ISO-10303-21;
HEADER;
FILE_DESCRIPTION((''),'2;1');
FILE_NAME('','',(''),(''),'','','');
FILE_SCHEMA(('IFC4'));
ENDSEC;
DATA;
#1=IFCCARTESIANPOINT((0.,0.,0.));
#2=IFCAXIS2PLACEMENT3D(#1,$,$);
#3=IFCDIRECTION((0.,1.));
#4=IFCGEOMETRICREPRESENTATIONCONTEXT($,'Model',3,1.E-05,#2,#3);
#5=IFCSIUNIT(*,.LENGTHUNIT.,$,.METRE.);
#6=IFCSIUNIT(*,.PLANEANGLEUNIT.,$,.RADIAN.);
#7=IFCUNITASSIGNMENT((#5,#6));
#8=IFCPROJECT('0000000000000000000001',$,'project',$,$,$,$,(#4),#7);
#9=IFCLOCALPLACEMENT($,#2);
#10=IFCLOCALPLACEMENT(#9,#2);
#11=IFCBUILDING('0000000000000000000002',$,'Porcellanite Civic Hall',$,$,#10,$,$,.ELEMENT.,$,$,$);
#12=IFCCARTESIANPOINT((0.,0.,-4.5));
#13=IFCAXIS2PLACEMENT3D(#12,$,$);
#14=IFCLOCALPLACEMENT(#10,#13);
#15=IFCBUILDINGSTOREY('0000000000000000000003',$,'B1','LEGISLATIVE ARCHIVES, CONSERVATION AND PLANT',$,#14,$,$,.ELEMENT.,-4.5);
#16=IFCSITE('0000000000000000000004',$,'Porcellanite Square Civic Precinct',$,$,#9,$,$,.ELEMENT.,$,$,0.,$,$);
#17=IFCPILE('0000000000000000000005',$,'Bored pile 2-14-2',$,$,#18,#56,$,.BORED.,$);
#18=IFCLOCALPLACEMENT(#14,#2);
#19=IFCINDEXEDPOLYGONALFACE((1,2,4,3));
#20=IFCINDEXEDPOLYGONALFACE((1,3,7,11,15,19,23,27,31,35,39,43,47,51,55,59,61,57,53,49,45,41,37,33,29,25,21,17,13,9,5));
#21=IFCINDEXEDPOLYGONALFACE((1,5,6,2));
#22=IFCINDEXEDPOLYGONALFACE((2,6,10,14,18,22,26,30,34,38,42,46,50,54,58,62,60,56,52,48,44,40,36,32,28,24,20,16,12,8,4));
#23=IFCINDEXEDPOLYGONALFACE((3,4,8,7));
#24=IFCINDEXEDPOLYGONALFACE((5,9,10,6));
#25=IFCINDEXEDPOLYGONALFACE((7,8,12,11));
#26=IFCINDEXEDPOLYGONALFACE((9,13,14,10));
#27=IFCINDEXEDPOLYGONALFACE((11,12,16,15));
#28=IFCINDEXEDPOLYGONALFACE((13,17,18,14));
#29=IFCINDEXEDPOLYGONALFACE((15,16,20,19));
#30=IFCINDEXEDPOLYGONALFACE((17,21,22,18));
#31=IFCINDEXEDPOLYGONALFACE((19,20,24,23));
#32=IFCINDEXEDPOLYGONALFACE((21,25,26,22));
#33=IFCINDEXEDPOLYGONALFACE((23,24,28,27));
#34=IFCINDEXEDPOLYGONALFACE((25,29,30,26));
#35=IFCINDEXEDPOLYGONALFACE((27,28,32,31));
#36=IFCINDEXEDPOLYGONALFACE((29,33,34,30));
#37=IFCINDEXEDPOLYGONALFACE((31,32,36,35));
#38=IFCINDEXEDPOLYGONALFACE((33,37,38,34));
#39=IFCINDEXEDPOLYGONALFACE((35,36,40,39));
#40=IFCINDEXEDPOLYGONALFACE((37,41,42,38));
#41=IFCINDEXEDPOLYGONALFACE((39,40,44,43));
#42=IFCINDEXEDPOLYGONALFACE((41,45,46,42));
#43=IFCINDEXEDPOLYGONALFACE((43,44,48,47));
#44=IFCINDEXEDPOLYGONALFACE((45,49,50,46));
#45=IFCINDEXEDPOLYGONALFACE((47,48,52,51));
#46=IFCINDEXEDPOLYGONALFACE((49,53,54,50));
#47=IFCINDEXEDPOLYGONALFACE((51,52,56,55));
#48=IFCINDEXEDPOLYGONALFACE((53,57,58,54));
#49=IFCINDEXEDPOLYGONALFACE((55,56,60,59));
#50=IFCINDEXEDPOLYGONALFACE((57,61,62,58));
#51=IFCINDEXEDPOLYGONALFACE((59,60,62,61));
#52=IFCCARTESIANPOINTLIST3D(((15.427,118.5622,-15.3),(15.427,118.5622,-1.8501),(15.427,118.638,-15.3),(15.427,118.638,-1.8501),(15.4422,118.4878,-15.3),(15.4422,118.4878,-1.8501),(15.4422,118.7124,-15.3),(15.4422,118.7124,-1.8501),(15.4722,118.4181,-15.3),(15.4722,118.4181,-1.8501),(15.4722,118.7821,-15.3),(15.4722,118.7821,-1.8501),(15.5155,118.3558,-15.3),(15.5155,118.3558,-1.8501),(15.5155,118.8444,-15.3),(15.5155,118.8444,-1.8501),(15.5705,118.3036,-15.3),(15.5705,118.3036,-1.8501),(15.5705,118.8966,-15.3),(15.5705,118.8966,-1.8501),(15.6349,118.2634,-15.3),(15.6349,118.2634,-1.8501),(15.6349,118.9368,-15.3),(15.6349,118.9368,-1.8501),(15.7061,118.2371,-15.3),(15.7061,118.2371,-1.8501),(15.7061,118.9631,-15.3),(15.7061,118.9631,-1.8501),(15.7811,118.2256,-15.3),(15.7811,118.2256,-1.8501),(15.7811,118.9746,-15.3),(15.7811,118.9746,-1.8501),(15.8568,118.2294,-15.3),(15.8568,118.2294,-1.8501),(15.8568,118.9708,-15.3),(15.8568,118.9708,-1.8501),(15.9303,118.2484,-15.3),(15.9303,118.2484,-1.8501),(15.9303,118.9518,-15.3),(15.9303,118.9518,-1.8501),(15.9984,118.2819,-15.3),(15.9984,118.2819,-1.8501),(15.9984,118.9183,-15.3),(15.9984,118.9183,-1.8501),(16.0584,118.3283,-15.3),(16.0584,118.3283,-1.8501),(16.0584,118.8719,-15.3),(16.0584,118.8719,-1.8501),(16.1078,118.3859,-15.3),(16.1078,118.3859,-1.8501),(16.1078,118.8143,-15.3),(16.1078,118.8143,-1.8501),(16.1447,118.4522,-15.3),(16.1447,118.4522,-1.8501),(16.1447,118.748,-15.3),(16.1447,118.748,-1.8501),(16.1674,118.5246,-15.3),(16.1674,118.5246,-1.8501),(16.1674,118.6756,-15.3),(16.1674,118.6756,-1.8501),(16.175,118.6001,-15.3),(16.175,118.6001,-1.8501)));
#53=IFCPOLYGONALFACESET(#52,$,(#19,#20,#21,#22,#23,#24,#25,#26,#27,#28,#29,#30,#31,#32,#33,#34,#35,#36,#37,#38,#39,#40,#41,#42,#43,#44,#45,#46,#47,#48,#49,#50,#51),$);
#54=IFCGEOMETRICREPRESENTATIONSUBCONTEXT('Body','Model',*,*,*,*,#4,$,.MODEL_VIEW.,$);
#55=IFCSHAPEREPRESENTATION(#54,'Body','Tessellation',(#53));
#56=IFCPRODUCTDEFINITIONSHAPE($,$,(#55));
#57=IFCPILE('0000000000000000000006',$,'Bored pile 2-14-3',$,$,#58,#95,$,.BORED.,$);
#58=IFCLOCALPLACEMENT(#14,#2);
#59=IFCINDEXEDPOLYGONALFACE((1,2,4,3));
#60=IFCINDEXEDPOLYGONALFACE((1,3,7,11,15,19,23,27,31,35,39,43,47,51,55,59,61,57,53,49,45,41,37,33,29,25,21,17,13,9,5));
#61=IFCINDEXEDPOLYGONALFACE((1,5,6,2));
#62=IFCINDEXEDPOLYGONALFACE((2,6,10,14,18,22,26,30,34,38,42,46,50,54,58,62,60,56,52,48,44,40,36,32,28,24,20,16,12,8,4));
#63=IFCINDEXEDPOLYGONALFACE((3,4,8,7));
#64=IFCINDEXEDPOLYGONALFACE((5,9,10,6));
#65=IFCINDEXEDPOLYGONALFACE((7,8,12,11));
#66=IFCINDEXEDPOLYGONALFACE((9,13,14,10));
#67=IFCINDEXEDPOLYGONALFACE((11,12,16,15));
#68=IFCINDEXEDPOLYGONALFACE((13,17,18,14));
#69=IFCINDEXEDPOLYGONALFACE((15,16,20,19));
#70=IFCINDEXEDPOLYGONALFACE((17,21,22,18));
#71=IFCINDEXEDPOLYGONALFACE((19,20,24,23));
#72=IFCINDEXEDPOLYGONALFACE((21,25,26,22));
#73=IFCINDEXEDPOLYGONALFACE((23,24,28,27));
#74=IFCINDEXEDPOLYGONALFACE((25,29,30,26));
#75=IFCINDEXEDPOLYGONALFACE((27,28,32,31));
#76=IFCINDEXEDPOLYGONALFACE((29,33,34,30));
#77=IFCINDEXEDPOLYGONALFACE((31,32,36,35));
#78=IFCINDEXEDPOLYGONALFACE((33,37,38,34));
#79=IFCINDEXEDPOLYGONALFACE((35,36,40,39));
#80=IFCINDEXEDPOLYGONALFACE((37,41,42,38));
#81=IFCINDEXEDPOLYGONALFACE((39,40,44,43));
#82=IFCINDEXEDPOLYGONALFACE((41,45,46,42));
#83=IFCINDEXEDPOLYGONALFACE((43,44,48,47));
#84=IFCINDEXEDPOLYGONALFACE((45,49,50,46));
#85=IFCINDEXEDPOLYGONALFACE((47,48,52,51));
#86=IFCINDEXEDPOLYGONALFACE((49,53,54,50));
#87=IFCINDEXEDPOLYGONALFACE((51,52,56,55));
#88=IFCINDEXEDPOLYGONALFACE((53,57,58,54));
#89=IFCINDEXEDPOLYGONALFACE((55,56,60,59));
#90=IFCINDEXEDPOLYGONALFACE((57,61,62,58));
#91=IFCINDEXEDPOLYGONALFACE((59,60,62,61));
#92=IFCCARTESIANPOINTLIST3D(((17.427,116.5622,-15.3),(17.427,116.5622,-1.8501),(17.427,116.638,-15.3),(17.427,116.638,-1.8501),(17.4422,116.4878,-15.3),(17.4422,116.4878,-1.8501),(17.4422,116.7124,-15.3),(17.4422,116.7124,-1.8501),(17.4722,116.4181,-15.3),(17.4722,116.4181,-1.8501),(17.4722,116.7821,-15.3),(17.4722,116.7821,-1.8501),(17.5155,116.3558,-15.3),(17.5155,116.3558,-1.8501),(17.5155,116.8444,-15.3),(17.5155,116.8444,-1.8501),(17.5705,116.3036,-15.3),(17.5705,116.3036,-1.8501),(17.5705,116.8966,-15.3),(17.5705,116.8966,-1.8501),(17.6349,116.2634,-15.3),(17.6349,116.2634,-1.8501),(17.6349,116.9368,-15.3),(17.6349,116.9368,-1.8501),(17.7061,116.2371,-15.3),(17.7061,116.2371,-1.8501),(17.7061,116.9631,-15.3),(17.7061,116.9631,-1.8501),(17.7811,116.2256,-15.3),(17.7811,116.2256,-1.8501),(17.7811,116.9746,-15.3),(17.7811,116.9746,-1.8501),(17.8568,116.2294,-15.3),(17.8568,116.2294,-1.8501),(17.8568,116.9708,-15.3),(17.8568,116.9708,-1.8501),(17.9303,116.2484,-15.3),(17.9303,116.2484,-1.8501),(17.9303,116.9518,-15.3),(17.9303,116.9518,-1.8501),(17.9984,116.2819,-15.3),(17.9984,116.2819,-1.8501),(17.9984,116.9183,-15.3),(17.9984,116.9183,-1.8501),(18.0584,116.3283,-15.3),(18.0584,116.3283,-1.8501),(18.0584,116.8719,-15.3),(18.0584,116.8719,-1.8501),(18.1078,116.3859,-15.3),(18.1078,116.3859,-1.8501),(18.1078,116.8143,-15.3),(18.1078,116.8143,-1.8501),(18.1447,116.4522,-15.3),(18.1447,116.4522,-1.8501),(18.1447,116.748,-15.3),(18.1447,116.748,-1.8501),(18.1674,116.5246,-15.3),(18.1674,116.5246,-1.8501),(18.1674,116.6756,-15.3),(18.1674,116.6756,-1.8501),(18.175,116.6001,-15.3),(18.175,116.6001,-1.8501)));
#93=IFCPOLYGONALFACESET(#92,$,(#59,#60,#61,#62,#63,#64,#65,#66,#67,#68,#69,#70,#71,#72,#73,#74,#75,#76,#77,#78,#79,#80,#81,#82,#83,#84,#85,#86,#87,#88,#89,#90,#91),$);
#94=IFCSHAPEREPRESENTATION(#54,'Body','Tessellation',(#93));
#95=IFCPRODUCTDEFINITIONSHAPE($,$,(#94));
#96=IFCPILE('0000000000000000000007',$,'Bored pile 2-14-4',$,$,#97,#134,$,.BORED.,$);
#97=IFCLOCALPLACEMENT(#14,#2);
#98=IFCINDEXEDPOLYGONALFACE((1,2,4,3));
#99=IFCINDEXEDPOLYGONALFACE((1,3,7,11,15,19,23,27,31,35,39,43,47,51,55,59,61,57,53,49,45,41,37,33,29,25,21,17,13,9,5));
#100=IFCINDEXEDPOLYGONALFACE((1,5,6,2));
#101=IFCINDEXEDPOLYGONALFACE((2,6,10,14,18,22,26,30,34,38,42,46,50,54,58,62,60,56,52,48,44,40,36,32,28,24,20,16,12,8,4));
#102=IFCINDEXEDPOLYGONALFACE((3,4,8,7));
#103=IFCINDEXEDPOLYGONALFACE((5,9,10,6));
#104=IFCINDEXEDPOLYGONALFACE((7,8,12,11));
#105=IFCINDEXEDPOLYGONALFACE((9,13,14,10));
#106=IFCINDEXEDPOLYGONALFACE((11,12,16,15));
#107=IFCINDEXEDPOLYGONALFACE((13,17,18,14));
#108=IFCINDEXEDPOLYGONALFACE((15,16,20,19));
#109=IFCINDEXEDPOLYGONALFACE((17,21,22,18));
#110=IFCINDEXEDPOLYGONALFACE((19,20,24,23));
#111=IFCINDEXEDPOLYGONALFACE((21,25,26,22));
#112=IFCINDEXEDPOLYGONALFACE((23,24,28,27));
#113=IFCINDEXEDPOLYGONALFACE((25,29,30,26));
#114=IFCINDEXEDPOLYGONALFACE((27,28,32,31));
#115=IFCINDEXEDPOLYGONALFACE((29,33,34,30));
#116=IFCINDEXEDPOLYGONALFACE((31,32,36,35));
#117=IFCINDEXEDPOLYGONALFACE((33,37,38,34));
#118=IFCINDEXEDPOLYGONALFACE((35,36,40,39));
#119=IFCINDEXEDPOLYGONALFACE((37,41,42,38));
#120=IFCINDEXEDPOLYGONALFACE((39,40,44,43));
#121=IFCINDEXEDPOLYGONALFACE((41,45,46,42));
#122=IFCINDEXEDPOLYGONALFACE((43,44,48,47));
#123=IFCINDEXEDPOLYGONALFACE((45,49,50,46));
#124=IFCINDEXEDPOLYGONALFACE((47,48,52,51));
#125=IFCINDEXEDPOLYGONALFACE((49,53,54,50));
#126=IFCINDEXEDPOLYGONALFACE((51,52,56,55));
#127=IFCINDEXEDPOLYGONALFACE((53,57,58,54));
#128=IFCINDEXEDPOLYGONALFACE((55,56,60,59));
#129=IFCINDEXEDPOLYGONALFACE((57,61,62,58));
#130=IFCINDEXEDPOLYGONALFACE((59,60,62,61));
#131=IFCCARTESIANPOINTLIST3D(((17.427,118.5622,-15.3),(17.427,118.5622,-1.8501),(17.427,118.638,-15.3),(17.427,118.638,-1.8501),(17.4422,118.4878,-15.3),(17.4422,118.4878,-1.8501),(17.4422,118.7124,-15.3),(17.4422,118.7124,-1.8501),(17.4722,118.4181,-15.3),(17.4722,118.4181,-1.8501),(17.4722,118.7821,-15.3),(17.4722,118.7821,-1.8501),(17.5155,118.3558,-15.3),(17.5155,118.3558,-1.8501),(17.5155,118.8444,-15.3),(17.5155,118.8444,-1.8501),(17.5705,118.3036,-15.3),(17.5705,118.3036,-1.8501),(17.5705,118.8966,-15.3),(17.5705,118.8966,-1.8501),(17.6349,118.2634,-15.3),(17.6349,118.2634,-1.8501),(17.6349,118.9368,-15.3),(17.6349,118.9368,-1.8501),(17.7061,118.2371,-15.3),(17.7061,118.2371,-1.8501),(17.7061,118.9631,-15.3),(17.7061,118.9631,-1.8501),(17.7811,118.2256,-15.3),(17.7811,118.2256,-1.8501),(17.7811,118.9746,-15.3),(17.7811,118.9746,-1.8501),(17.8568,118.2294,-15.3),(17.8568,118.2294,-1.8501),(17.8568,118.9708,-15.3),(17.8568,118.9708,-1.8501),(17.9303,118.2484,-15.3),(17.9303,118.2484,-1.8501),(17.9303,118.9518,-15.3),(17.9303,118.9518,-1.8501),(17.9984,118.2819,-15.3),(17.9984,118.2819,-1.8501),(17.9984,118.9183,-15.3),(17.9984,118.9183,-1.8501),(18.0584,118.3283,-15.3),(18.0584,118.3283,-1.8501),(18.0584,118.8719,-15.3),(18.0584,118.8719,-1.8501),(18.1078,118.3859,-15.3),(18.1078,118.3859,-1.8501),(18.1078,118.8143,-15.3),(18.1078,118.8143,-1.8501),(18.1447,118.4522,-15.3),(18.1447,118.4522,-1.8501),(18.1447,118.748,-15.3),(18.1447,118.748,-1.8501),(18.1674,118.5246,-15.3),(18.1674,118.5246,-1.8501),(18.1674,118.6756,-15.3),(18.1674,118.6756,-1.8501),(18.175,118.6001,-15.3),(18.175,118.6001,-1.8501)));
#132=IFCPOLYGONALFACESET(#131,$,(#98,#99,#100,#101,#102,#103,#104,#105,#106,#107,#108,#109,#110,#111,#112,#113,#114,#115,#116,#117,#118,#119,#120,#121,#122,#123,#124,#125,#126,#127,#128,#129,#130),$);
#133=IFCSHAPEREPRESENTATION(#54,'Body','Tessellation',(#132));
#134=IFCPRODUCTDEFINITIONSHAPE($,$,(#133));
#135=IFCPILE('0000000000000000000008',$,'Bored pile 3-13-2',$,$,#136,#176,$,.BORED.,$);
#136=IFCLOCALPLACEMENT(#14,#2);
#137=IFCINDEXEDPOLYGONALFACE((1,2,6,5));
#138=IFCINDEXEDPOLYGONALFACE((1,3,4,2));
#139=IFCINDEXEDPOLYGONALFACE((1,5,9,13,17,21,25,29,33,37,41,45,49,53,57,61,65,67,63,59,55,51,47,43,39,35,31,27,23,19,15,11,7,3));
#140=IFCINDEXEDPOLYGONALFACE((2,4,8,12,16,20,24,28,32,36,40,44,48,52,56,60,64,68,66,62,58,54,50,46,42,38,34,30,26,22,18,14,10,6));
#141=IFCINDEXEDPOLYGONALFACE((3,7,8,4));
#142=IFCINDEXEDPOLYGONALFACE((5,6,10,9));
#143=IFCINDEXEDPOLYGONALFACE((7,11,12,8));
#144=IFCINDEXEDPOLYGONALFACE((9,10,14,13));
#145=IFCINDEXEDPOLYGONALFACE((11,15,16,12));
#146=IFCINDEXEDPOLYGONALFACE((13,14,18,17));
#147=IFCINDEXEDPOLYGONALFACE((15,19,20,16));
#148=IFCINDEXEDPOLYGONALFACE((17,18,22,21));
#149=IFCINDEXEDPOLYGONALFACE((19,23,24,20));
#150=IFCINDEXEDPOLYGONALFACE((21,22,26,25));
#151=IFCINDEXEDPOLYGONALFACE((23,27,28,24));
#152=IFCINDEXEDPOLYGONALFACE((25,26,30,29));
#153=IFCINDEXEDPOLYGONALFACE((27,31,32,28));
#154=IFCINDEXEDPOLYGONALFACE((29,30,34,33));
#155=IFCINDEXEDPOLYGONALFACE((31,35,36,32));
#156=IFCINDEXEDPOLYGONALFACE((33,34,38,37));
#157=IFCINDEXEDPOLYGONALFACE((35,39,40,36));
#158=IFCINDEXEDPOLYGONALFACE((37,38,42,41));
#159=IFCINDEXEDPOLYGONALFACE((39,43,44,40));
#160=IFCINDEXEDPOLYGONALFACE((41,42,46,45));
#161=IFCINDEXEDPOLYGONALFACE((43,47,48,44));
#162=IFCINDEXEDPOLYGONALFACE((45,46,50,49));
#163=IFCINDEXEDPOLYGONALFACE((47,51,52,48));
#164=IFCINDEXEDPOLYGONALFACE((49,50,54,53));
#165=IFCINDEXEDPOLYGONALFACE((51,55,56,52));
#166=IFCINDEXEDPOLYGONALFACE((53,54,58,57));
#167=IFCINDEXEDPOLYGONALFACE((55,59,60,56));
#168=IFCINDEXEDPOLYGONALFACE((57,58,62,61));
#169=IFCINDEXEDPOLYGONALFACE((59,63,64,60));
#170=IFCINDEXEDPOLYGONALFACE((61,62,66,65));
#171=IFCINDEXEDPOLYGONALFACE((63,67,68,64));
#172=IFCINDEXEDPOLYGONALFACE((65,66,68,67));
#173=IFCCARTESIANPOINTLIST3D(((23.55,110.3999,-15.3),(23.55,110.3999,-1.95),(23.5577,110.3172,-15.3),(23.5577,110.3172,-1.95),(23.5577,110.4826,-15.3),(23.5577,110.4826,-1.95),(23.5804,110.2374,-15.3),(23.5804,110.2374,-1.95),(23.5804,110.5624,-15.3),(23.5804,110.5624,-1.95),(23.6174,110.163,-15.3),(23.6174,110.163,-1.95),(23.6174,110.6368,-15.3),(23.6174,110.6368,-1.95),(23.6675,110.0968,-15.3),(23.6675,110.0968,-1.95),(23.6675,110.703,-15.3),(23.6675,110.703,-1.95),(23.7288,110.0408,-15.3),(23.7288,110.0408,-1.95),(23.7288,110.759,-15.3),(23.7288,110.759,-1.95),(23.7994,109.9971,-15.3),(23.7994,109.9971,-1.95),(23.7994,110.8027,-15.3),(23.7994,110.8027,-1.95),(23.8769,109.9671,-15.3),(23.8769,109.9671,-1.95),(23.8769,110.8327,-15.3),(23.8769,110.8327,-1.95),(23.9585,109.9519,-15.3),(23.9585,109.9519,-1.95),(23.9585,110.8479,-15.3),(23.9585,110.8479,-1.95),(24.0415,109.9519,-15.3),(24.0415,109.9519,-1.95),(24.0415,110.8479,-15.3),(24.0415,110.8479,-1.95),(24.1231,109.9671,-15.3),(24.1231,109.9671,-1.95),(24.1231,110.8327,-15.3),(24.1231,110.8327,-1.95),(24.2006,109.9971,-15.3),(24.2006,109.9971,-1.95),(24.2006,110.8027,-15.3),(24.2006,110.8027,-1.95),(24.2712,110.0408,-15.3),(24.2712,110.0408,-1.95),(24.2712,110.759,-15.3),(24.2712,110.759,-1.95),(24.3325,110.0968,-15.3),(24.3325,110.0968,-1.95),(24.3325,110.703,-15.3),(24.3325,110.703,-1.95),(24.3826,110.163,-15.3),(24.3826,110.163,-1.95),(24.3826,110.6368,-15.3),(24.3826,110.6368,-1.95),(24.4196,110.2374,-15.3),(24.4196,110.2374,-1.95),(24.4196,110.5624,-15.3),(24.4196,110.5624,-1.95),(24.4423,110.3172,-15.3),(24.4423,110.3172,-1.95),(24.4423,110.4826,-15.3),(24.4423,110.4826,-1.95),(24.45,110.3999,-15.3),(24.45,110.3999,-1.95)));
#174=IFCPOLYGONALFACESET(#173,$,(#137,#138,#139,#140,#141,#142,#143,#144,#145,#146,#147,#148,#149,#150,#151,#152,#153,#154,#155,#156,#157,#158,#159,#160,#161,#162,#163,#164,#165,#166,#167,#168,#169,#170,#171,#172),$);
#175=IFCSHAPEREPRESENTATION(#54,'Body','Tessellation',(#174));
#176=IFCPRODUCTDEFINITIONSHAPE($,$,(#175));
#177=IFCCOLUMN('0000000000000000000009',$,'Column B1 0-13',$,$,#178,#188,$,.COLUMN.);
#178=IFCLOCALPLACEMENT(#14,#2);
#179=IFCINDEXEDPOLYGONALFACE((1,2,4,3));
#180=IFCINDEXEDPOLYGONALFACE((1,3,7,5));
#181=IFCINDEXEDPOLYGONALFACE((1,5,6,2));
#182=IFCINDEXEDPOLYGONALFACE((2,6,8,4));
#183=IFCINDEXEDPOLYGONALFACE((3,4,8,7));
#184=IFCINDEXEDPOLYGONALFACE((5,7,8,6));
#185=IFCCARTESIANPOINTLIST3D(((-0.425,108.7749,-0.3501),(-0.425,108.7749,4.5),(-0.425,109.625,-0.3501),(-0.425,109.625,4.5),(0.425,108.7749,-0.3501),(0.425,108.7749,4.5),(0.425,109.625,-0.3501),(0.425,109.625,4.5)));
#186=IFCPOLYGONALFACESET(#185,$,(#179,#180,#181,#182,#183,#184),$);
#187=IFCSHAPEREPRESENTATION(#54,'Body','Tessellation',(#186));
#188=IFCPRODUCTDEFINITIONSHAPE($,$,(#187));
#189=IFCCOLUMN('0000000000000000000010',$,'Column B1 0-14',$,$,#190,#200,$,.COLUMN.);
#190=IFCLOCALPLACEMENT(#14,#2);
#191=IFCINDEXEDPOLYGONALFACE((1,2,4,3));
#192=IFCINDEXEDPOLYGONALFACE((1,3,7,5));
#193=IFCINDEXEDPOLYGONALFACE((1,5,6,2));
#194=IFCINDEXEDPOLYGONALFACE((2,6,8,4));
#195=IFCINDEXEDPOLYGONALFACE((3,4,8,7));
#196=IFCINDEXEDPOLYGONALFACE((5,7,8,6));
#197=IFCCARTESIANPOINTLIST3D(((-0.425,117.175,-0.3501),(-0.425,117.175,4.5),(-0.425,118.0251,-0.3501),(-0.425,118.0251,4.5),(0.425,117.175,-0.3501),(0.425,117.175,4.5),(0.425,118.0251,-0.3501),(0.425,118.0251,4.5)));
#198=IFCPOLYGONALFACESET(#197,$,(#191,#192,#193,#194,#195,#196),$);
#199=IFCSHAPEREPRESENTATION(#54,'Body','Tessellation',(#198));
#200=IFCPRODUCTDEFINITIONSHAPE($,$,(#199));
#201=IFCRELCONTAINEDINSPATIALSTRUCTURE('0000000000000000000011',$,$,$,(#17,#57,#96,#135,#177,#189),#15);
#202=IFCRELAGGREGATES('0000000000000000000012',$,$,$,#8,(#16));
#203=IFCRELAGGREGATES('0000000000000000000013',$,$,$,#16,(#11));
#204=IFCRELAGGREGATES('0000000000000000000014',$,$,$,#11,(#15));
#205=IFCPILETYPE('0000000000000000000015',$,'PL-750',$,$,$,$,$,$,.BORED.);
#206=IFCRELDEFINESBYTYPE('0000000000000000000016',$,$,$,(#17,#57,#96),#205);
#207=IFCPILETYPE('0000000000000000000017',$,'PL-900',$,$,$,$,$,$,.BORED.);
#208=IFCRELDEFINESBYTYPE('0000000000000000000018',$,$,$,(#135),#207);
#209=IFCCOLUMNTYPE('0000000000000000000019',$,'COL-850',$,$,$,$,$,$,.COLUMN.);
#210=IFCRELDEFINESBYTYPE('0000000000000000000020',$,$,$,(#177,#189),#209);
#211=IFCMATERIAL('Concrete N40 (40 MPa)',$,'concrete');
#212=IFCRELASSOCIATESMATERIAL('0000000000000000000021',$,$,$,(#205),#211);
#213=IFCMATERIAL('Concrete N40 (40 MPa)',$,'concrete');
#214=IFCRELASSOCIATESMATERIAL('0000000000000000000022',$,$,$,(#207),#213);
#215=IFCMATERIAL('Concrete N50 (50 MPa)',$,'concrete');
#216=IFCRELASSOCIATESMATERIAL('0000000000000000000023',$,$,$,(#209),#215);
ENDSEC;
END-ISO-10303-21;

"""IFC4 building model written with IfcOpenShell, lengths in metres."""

from ifc_helpers import new_model, si_unit, direction, frame, origin, origin_2d, place, context, subcontext, project, spatial, rectangle, circle, extrude, material, material_profile, profile_set, type_object, element, save


model = new_model("IFC4")

# Units and contexts
model_context = context("Model", 3, precision=1e-05, world=origin(), true_north=direction((0.0, 1.0)))
body_context = subcontext(model_context, "Body", "Model", "MODEL_VIEW")
ifc_project = project(units=[si_unit("LENGTHUNIT", "METRE"), si_unit("PLANEANGLEUNIT", "RADIAN")], contexts=[model_context])

# Site, building, storey
site_placement = place(None, origin())
site = spatial("IfcSite", under=ifc_project, at=site_placement, Name="Porcellanite Square Civic Precinct", CompositionType="ELEMENT", RefElevation=0.0)
building_placement = place(site_placement, origin())
building = spatial("IfcBuilding", under=site, at=building_placement, Name="Porcellanite Civic Hall", CompositionType="ELEMENT")
storey_placement = place(building_placement, frame((0.0, 0.0, -4.5)))
storey = spatial("IfcBuildingStorey", under=building, at=storey_placement, Name="B1", Description="LEGISLATIVE ARCHIVES, CONSERVATION AND PLANT", CompositionType="ELEMENT", Elevation=-4.5)

# Piles
ifc_material_1 = material(Name="Concrete N40 (40 MPa)", Category="concrete")
ifc_material_profile_1 = material_profile(ifc_material_1, circle(Radius=0.375, at=origin_2d()), Name="PILE-D750")
ifc_profile_set_1 = profile_set([ifc_material_profile_1], Name="Concrete N40 (40 MPa)")
pile_type_1 = type_object("IfcPileType", Name="PL-750", PredefinedType="BORED", material=ifc_profile_set_1)
for number, where, z_axis, x_axis, name in (
    (1, (15.8, 118.6001, -1.8501), (0.0, 0.0, -1.0), (1.0, 0.0, 0.0), "Bored pile 2-14-2"),
    (2, (17.8, 116.6001, -1.8501), (0.0, 0.0, -1.0), (1.0, 0.0, 0.0), "Bored pile 2-14-3"),
    (3, (17.8, 118.6001, -1.8501), (0.0, 0.0, -1.0), (1.0, 0.0, 0.0), "Bored pile 2-14-4"),
):
    element("IfcPile", number, at=place(storey_placement, frame(where, z_axis=z_axis, x_axis=x_axis)), inside=storey, type_object=pile_type_1, Name=name, PredefinedType="BORED", context=body_context, shape_type="SweptSolid", body=[
        extrude(circle(Radius=0.375, at=origin_2d()), origin(), (0.0, 0.0, 1.0), 13.45),
    ])
ifc_material_2 = material(Name="Concrete N40 (40 MPa)", Category="concrete")
ifc_material_profile_2 = material_profile(ifc_material_2, circle(Radius=0.45, at=origin_2d()), Name="PILE-D900")
ifc_profile_set_2 = profile_set([ifc_material_profile_2], Name="Concrete N40 (40 MPa)")
pile_type_2 = type_object("IfcPileType", Name="PL-900", PredefinedType="BORED", material=ifc_profile_set_2)
pile_placement = place(storey_placement, frame((24.0, 110.3999, -1.95), z_axis=(0.0, 0.0, -1.0), x_axis=(1.0, 0.0, 0.0)))
element("IfcPile", 4, at=pile_placement, inside=storey, type_object=pile_type_2, Name="Bored pile 3-13-2", PredefinedType="BORED", context=body_context, shape_type="SweptSolid", body=[
    extrude(circle(Radius=0.45, at=origin_2d()), origin(), (0.0, 0.0, 1.0), 13.3501),
])

# Columns
ifc_material_3 = material(Name="Concrete N50 (50 MPa)", Category="concrete")
ifc_material_profile_3 = material_profile(ifc_material_3, rectangle(XDim=0.8501, YDim=0.8501, at=origin_2d()), Name="RC-850x850")
ifc_profile_set_3 = profile_set([ifc_material_profile_3], Name="Concrete N50 (50 MPa)")
column_type = type_object("IfcColumnType", Name="COL-850", PredefinedType="COLUMN", material=ifc_profile_set_3)
for number, where, z_axis, x_axis, name in (
    (5, (0.0, 109.2, -0.3501), (0.0, 0.0, 1.0), (1.0, 0.0, 0.0), "Column B1 0-13"),
    (6, (0.0, 117.6001, -0.3501), (0.0, 0.0, 1.0), (1.0, 0.0, 0.0), "Column B1 0-14"),
):
    element("IfcColumn", number, at=place(storey_placement, frame(where, z_axis=z_axis, x_axis=x_axis)), inside=storey, type_object=column_type, Name=name, PredefinedType="COLUMN", context=body_context, shape_type="SweptSolid", body=[
        extrude(rectangle(XDim=0.8501, YDim=0.8501, at=origin_2d()), origin(), (0.0, 0.0, 1.0), 4.8501),
    ])

save(model, "model.ifc")
